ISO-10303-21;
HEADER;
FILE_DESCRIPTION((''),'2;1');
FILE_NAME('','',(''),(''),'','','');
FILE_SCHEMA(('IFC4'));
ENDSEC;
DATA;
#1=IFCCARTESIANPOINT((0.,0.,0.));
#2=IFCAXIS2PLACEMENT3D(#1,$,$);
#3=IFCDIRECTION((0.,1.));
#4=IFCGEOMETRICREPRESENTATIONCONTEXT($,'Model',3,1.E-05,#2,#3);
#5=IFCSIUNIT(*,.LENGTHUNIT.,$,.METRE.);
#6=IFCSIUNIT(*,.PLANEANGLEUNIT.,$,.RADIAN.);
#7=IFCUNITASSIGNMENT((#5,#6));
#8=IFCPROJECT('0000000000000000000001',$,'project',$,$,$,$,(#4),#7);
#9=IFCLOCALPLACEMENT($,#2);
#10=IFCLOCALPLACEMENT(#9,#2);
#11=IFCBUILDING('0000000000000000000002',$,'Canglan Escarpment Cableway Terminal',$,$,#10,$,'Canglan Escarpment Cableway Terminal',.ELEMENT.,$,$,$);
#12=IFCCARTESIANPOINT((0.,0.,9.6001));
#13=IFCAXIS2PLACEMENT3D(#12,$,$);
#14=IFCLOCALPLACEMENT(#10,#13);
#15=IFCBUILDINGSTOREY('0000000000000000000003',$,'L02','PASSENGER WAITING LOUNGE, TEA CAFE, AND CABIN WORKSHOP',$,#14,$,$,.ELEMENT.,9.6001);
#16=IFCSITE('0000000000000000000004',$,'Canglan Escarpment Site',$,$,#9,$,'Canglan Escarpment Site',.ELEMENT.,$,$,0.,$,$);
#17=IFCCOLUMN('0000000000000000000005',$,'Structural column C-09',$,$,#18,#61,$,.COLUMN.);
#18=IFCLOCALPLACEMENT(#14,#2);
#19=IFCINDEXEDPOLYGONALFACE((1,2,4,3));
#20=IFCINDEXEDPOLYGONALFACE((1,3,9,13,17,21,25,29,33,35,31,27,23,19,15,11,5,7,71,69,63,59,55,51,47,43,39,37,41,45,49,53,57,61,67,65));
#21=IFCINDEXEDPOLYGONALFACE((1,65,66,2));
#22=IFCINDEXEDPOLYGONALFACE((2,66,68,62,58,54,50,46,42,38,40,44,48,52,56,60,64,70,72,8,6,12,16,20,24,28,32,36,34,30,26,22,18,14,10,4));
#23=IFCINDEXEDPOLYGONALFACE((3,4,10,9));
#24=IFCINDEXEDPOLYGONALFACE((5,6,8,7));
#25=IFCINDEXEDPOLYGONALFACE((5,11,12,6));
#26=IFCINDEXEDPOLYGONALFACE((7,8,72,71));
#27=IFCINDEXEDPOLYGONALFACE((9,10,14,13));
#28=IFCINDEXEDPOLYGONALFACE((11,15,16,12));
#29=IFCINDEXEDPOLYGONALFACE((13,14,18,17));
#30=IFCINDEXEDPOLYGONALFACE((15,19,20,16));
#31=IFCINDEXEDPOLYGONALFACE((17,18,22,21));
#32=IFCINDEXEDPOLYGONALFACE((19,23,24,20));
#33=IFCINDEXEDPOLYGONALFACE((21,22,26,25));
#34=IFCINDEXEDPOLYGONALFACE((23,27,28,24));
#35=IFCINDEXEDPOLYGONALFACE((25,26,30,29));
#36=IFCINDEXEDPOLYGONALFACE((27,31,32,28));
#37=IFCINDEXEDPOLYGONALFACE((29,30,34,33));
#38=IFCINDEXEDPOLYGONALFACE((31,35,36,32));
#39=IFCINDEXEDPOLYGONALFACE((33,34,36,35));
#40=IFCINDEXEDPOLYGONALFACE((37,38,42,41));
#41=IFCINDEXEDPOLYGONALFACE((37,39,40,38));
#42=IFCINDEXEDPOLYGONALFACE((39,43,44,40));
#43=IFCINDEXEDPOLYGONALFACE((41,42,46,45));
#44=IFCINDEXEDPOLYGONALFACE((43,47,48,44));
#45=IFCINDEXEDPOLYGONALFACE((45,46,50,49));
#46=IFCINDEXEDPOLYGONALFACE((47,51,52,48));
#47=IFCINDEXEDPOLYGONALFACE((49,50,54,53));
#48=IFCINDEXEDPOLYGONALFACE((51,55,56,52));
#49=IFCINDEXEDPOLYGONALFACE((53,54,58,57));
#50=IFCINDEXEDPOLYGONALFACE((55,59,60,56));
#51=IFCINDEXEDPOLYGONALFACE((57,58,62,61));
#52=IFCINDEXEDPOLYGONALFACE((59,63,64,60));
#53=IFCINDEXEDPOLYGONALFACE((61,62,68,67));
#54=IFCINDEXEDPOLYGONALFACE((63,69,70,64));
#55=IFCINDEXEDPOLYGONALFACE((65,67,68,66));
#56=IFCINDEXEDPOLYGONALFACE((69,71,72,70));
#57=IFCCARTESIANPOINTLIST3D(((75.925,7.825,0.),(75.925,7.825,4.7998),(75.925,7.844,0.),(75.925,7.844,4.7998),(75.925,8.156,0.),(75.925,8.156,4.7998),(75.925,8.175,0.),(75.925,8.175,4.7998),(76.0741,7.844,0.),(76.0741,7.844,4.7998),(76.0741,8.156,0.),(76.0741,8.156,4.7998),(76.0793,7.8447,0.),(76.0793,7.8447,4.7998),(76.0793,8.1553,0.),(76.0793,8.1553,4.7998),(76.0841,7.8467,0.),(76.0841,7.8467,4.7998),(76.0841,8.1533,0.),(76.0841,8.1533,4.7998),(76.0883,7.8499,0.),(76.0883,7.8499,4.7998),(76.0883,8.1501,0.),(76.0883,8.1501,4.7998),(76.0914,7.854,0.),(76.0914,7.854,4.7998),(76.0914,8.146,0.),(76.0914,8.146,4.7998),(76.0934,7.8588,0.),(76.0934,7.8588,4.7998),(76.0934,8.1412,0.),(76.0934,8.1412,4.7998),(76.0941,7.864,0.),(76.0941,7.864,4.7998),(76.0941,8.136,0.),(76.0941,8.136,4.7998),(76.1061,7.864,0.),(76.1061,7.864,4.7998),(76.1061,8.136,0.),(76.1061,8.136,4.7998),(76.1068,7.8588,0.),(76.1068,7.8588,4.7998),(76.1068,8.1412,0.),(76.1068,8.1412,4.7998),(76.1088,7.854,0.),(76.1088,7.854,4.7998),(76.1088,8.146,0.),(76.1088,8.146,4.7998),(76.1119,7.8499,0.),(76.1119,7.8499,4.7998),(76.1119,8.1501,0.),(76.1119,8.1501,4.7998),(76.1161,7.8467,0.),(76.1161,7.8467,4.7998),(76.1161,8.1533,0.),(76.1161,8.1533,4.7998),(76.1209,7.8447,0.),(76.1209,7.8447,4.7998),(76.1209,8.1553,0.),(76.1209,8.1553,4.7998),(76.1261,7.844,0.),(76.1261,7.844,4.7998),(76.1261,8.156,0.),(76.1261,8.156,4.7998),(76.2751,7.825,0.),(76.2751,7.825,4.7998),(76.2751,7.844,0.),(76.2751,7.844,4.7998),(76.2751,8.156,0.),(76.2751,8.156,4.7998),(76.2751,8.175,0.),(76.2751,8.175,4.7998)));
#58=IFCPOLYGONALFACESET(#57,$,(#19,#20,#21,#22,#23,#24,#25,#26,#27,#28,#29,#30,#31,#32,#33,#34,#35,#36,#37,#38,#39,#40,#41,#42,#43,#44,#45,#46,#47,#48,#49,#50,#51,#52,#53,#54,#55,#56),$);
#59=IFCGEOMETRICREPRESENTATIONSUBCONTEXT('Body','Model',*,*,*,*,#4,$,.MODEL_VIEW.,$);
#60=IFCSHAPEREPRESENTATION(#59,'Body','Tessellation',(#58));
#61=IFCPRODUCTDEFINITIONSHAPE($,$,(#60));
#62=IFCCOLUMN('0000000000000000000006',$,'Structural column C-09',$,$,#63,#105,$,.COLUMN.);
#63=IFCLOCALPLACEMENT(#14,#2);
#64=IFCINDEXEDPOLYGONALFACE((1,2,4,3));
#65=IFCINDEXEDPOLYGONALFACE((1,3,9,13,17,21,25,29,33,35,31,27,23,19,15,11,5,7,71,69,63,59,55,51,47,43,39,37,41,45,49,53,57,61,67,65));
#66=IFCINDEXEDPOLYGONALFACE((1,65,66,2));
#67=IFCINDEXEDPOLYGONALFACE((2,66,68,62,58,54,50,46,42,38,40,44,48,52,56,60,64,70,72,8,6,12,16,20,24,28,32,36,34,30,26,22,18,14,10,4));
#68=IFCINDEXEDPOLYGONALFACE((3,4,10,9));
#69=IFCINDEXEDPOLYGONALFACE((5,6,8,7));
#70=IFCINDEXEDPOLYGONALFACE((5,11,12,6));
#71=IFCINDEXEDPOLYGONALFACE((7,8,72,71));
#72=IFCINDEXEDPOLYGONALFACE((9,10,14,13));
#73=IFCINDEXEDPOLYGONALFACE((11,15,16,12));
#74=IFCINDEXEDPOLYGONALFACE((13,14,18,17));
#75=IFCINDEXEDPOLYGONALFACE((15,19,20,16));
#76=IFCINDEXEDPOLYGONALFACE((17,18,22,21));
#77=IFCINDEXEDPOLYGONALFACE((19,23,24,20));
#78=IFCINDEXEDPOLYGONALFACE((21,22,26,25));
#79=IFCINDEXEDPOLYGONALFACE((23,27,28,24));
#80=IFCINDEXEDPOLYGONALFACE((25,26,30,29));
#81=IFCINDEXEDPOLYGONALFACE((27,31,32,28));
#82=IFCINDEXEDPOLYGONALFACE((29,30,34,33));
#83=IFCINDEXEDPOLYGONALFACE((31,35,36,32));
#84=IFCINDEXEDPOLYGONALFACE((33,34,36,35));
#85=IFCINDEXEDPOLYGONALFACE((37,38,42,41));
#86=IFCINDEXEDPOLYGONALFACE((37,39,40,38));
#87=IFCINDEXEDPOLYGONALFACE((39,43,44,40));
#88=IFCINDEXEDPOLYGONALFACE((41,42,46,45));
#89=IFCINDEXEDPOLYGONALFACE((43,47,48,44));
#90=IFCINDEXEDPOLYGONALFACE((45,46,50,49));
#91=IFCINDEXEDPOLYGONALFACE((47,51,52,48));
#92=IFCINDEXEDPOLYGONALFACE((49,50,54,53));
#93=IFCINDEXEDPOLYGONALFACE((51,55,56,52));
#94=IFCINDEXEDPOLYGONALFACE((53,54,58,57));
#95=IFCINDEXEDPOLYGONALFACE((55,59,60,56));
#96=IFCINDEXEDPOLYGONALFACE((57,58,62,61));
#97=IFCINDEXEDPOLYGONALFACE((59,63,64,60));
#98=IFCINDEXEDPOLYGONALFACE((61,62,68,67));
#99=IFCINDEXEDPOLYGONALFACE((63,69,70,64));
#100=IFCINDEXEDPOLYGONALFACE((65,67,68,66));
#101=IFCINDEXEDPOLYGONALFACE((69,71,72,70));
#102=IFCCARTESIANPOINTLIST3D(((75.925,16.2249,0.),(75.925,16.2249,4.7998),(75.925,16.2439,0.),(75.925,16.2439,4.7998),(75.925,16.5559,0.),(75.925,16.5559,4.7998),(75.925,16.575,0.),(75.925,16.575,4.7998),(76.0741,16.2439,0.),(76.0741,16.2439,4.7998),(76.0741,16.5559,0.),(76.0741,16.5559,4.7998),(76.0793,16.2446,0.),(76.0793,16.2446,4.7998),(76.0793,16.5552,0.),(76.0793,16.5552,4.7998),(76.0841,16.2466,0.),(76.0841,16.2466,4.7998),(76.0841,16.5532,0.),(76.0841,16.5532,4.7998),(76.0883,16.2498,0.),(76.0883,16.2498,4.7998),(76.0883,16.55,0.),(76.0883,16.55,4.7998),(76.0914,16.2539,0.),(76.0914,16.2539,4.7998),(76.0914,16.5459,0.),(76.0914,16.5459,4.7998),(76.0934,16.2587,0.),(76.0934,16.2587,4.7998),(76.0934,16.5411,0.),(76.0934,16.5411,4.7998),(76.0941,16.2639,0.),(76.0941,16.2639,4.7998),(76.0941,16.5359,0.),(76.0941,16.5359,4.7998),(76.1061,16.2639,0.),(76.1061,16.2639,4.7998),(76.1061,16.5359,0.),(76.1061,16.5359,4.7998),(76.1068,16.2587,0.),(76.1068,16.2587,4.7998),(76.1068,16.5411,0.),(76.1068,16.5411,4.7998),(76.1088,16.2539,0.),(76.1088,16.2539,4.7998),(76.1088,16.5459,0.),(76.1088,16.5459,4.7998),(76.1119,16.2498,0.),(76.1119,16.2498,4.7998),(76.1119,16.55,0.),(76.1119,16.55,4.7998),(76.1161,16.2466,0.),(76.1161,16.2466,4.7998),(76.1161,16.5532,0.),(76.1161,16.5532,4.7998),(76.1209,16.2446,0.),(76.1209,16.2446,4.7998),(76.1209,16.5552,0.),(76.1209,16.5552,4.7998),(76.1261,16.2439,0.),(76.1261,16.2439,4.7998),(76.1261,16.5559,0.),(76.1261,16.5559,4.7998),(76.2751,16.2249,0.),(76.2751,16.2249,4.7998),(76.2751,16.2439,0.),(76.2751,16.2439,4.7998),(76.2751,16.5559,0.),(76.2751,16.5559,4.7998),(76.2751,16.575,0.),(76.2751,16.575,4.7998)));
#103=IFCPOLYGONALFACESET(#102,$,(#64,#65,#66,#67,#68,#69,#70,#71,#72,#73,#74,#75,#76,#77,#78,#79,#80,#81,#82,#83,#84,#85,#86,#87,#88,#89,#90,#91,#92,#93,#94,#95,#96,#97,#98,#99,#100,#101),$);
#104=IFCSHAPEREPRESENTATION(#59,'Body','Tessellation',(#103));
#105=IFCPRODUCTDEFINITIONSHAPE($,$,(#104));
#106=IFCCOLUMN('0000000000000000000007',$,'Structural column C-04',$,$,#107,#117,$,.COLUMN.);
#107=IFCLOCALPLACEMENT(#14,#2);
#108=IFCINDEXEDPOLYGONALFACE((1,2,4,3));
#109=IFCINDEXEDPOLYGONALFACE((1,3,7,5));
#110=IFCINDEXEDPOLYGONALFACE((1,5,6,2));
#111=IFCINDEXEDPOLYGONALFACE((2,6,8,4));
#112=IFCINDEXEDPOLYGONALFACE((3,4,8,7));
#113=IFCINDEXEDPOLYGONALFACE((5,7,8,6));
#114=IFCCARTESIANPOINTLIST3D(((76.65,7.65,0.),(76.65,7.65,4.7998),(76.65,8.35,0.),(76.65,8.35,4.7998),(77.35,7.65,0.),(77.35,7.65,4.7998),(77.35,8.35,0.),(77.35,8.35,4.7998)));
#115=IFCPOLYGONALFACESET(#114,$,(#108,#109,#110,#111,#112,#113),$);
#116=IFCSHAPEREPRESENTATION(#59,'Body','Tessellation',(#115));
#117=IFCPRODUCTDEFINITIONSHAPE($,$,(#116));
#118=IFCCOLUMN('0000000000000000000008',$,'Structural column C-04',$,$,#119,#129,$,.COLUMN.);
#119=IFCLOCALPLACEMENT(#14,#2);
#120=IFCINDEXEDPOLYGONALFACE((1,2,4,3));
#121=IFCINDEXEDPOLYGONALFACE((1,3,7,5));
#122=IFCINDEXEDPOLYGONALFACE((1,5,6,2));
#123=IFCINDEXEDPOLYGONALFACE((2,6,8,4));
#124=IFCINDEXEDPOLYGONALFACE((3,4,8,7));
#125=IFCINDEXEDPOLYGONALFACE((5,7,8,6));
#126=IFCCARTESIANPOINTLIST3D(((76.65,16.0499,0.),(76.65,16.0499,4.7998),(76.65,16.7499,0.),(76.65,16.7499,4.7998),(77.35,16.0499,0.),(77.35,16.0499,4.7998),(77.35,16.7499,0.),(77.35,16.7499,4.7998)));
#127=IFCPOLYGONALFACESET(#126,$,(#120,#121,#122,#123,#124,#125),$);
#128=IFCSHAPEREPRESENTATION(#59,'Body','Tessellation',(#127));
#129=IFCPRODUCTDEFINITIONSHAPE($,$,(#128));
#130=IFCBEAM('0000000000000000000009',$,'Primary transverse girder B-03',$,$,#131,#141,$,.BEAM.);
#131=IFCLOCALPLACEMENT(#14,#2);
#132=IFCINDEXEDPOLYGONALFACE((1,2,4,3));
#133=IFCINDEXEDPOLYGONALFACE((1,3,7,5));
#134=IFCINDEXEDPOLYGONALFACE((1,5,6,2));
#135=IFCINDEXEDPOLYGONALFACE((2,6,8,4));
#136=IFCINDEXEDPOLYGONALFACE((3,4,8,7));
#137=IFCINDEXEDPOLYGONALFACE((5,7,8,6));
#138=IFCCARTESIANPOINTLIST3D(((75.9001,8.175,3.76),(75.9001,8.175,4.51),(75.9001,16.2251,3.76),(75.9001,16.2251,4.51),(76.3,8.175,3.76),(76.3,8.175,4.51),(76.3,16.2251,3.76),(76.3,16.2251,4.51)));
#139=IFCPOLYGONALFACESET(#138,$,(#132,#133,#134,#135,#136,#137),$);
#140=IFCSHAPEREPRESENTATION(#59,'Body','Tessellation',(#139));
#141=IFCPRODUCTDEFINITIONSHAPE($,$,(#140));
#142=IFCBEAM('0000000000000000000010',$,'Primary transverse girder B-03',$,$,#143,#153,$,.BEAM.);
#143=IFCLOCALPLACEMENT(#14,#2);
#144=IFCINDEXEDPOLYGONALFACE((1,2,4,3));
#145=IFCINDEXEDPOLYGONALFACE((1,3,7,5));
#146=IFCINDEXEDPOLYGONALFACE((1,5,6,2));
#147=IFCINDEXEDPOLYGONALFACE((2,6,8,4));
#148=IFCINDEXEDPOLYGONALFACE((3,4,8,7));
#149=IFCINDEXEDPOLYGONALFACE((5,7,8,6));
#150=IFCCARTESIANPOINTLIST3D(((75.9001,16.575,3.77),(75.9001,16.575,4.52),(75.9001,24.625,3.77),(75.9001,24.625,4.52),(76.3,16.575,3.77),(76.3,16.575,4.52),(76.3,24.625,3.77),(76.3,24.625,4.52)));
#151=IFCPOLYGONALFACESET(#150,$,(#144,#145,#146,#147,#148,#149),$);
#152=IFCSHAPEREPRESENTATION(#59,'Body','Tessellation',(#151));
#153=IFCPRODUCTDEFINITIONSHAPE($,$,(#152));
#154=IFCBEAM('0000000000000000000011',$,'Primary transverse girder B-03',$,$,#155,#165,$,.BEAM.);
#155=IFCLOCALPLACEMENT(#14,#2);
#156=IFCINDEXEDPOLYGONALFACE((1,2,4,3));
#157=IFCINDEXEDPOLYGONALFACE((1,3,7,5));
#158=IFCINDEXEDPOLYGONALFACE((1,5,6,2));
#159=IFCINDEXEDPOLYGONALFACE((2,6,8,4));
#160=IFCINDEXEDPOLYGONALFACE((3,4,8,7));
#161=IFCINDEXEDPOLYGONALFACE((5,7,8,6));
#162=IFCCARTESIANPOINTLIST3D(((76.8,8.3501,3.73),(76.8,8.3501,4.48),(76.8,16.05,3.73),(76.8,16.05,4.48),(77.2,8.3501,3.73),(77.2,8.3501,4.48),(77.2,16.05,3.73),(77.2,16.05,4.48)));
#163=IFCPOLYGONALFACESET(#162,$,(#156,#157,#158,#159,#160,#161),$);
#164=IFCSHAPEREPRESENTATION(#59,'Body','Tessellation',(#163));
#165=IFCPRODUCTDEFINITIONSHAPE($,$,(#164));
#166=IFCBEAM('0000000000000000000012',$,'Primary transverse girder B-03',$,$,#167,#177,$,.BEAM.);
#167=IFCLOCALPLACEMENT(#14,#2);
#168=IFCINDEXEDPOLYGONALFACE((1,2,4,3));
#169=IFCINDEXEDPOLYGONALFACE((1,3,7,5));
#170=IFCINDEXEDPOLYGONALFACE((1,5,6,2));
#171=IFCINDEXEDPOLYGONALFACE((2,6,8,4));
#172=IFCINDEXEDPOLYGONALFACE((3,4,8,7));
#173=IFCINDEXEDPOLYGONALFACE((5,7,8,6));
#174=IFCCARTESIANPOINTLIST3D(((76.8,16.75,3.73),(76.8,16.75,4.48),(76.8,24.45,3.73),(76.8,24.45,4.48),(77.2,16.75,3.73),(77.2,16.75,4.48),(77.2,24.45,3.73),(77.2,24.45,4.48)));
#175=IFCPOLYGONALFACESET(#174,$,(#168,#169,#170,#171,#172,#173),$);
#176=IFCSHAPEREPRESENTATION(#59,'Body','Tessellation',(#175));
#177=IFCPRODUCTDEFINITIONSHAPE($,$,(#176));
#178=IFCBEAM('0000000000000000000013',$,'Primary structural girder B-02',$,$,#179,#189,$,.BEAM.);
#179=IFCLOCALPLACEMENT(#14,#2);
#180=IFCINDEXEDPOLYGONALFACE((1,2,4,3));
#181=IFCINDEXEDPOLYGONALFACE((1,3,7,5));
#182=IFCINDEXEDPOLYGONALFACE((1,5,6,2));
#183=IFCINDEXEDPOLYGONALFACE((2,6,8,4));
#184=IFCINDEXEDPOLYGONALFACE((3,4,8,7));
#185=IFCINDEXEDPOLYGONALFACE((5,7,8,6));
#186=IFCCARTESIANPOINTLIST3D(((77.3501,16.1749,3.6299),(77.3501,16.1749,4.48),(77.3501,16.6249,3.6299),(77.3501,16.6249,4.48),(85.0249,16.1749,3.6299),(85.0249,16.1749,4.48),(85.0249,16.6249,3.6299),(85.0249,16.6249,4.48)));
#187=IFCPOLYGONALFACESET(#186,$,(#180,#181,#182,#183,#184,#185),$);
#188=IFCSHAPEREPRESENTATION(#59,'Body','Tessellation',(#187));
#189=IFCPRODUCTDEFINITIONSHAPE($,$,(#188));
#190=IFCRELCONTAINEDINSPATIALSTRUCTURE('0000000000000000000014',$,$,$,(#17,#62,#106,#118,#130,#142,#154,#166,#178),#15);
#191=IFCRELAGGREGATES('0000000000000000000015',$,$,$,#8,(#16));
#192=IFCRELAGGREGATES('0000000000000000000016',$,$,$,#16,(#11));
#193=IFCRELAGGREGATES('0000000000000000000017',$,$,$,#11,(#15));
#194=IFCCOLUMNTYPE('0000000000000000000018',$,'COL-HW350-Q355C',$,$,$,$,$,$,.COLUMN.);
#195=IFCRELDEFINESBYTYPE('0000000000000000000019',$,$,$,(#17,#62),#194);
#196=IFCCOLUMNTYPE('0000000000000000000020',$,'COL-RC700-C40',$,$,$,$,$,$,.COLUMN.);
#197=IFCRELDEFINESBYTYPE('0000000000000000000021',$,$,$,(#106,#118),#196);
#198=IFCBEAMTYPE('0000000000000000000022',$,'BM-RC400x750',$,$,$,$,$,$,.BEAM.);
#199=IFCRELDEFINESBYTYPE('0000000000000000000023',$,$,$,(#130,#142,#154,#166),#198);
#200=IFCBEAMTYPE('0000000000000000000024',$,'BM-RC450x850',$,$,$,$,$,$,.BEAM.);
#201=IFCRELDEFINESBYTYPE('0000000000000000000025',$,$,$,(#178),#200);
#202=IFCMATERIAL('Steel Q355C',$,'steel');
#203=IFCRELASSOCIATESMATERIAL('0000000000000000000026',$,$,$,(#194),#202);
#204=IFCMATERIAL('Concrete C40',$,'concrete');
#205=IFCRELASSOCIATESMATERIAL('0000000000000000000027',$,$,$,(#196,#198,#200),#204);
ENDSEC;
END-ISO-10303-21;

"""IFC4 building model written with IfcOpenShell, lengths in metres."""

from ifc_helpers import new_model, si_unit, direction, frame, origin, origin_2d, place, context, subcontext, project, spatial, rectangle, i_section, extrude, material, material_profile, profile_set, type_object, element, save


model = new_model("IFC4")

# Units and contexts
model_context = context("Model", 3, precision=1e-05, world=origin(), true_north=direction((0.0, 1.0)))
body_context = subcontext(model_context, "Body", "Model", "MODEL_VIEW")
ifc_project = project(units=[si_unit("LENGTHUNIT", "METRE"), si_unit("PLANEANGLEUNIT", "RADIAN")], contexts=[model_context])

# Site, building, storey
site_placement = place(None, origin())
site = spatial("IfcSite", under=ifc_project, at=site_placement, Name="Canglan Escarpment Site", LongName="Canglan Escarpment Site", CompositionType="ELEMENT", RefElevation=0.0)
building_placement = place(site_placement, origin())
building = spatial("IfcBuilding", under=site, at=building_placement, Name="Canglan Escarpment Cableway Terminal", LongName="Canglan Escarpment Cableway Terminal", CompositionType="ELEMENT")
storey_placement = place(building_placement, frame((0.0, 0.0, 9.6001)))
storey = spatial("IfcBuildingStorey", under=building, at=storey_placement, Name="L02", Description="PASSENGER WAITING LOUNGE, TEA CAFE, AND CABIN WORKSHOP", CompositionType="ELEMENT", Elevation=9.6001)

# Columns
ifc_material_1 = material(Name="Steel Q355C", Category="steel")
ifc_material_profile_1 = material_profile(ifc_material_1, i_section(OverallWidth=0.3501, OverallDepth=0.3501, WebThickness=0.012, FlangeThickness=0.019, FilletRadius=0.02, at=origin_2d()), Name="HW 350x350x12x19")
ifc_profile_set_1 = profile_set([ifc_material_profile_1], Name="Steel Q355C")
column_type_1 = type_object("IfcColumnType", Name="COL-HW350-Q355C", PredefinedType="COLUMN", material=ifc_profile_set_1)
for number, where, z_axis, x_axis, name in (
    (1, (76.1001, 8.0, 0.0), (0.0, 0.0, 1.0), (1.0, 0.0, 0.0), "Structural column C-09"),
    (2, (76.1001, 16.3999, 0.0), (0.0, 0.0, 1.0), (1.0, 0.0, 0.0), "Structural column C-09"),
):
    element("IfcColumn", number, at=place(storey_placement, frame(where, z_axis=z_axis, x_axis=x_axis)), inside=storey, type_object=column_type_1, Name=name, PredefinedType="COLUMN", context=body_context, shape_type="SweptSolid", body=[
        extrude(i_section(OverallWidth=0.3501, OverallDepth=0.3501, WebThickness=0.012, FlangeThickness=0.019, FilletRadius=0.02, at=origin_2d()), origin(), (0.0, 0.0, 1.0), 4.7998),
    ])
ifc_material_2 = material(Name="Concrete C40", Category="concrete")
ifc_material_profile_2 = material_profile(ifc_material_2, rectangle(XDim=0.7, YDim=0.7, at=origin_2d()), Name="RC 700x700")
ifc_profile_set_2 = profile_set([ifc_material_profile_2], Name="Concrete C40")
column_type_2 = type_object("IfcColumnType", Name="COL-RC700-C40", PredefinedType="COLUMN", material=ifc_profile_set_2)
for number, where, z_axis, x_axis, name in (
    (3, (77.0, 8.0, 0.0), (0.0, 0.0, 1.0), (1.0, 0.0, 0.0), "Structural column C-04"),
    (4, (77.0, 16.3999, 0.0), (0.0, 0.0, 1.0), (1.0, 0.0, 0.0), "Structural column C-04"),
):
    element("IfcColumn", number, at=place(storey_placement, frame(where, z_axis=z_axis, x_axis=x_axis)), inside=storey, type_object=column_type_2, Name=name, PredefinedType="COLUMN", context=body_context, shape_type="SweptSolid", body=[
        extrude(rectangle(XDim=0.7, YDim=0.7, at=origin_2d()), origin(), (0.0, 0.0, 1.0), 4.7998),
    ])

# Beams
ifc_material_profile_3 = material_profile(ifc_material_2, rectangle(XDim=0.3999, YDim=0.75, at=origin_2d()), Name="RC 400x750")
ifc_profile_set_3 = profile_set([ifc_material_profile_3], Name="Concrete C40")
beam_type_1 = type_object("IfcBeamType", Name="BM-RC400x750", PredefinedType="BEAM", material=ifc_profile_set_3)
for number, where, z_axis, x_axis, name in (
    (5, (76.1001, 8.175, 4.135), (0.0, 1.0, 0.0), (-1.0, 0.0, 0.0), "Primary transverse girder B-03"),
    (6, (76.1001, 16.575, 4.145), (0.0, 1.0, 0.0), (-1.0, 0.0, 0.0), "Primary transverse girder B-03"),
):
    element("IfcBeam", number, at=place(storey_placement, frame(where, z_axis=z_axis, x_axis=x_axis)), inside=storey, type_object=beam_type_1, Name=name, PredefinedType="BEAM", context=body_context, shape_type="SweptSolid", body=[
        extrude(rectangle(XDim=0.3999, YDim=0.75, at=origin_2d()), origin(), (0.0, 0.0, 1.0), 8.05),
    ])
for number, where, z_axis, x_axis, name in (
    (7, (77.0, 8.3501, 4.105), (0.0, 1.0, 0.0), (-1.0, 0.0, 0.0), "Primary transverse girder B-03"),
    (8, (77.0, 16.75, 4.105), (0.0, 1.0, 0.0), (-1.0, 0.0, 0.0), "Primary transverse girder B-03"),
):
    element("IfcBeam", number, at=place(storey_placement, frame(where, z_axis=z_axis, x_axis=x_axis)), inside=storey, type_object=beam_type_1, Name=name, PredefinedType="BEAM", context=body_context, shape_type="SweptSolid", body=[
        extrude(rectangle(XDim=0.3999, YDim=0.75, at=origin_2d()), origin(), (0.0, 0.0, 1.0), 7.7),
    ])
ifc_material_profile_4 = material_profile(ifc_material_2, rectangle(XDim=0.45, YDim=0.8501, at=origin_2d()), Name="RC 450x850")
ifc_profile_set_4 = profile_set([ifc_material_profile_4], Name="Concrete C40")
beam_type_2 = type_object("IfcBeamType", Name="BM-RC450x850", PredefinedType="BEAM", material=ifc_profile_set_4)
beam_1_placement = place(storey_placement, frame((77.3501, 16.3999, 4.0549), z_axis=(1.0, 0.0, 0.0), x_axis=(0.0, 1.0, 0.0)))
element("IfcBeam", 9, at=beam_1_placement, inside=storey, type_object=beam_type_2, Name="Primary structural girder B-02", PredefinedType="BEAM", context=body_context, shape_type="SweptSolid", body=[
    extrude(rectangle(XDim=0.45, YDim=0.8501, at=origin_2d()), origin(), (0.0, 0.0, 1.0), 7.6748),
])

save(model, "model.ifc")
